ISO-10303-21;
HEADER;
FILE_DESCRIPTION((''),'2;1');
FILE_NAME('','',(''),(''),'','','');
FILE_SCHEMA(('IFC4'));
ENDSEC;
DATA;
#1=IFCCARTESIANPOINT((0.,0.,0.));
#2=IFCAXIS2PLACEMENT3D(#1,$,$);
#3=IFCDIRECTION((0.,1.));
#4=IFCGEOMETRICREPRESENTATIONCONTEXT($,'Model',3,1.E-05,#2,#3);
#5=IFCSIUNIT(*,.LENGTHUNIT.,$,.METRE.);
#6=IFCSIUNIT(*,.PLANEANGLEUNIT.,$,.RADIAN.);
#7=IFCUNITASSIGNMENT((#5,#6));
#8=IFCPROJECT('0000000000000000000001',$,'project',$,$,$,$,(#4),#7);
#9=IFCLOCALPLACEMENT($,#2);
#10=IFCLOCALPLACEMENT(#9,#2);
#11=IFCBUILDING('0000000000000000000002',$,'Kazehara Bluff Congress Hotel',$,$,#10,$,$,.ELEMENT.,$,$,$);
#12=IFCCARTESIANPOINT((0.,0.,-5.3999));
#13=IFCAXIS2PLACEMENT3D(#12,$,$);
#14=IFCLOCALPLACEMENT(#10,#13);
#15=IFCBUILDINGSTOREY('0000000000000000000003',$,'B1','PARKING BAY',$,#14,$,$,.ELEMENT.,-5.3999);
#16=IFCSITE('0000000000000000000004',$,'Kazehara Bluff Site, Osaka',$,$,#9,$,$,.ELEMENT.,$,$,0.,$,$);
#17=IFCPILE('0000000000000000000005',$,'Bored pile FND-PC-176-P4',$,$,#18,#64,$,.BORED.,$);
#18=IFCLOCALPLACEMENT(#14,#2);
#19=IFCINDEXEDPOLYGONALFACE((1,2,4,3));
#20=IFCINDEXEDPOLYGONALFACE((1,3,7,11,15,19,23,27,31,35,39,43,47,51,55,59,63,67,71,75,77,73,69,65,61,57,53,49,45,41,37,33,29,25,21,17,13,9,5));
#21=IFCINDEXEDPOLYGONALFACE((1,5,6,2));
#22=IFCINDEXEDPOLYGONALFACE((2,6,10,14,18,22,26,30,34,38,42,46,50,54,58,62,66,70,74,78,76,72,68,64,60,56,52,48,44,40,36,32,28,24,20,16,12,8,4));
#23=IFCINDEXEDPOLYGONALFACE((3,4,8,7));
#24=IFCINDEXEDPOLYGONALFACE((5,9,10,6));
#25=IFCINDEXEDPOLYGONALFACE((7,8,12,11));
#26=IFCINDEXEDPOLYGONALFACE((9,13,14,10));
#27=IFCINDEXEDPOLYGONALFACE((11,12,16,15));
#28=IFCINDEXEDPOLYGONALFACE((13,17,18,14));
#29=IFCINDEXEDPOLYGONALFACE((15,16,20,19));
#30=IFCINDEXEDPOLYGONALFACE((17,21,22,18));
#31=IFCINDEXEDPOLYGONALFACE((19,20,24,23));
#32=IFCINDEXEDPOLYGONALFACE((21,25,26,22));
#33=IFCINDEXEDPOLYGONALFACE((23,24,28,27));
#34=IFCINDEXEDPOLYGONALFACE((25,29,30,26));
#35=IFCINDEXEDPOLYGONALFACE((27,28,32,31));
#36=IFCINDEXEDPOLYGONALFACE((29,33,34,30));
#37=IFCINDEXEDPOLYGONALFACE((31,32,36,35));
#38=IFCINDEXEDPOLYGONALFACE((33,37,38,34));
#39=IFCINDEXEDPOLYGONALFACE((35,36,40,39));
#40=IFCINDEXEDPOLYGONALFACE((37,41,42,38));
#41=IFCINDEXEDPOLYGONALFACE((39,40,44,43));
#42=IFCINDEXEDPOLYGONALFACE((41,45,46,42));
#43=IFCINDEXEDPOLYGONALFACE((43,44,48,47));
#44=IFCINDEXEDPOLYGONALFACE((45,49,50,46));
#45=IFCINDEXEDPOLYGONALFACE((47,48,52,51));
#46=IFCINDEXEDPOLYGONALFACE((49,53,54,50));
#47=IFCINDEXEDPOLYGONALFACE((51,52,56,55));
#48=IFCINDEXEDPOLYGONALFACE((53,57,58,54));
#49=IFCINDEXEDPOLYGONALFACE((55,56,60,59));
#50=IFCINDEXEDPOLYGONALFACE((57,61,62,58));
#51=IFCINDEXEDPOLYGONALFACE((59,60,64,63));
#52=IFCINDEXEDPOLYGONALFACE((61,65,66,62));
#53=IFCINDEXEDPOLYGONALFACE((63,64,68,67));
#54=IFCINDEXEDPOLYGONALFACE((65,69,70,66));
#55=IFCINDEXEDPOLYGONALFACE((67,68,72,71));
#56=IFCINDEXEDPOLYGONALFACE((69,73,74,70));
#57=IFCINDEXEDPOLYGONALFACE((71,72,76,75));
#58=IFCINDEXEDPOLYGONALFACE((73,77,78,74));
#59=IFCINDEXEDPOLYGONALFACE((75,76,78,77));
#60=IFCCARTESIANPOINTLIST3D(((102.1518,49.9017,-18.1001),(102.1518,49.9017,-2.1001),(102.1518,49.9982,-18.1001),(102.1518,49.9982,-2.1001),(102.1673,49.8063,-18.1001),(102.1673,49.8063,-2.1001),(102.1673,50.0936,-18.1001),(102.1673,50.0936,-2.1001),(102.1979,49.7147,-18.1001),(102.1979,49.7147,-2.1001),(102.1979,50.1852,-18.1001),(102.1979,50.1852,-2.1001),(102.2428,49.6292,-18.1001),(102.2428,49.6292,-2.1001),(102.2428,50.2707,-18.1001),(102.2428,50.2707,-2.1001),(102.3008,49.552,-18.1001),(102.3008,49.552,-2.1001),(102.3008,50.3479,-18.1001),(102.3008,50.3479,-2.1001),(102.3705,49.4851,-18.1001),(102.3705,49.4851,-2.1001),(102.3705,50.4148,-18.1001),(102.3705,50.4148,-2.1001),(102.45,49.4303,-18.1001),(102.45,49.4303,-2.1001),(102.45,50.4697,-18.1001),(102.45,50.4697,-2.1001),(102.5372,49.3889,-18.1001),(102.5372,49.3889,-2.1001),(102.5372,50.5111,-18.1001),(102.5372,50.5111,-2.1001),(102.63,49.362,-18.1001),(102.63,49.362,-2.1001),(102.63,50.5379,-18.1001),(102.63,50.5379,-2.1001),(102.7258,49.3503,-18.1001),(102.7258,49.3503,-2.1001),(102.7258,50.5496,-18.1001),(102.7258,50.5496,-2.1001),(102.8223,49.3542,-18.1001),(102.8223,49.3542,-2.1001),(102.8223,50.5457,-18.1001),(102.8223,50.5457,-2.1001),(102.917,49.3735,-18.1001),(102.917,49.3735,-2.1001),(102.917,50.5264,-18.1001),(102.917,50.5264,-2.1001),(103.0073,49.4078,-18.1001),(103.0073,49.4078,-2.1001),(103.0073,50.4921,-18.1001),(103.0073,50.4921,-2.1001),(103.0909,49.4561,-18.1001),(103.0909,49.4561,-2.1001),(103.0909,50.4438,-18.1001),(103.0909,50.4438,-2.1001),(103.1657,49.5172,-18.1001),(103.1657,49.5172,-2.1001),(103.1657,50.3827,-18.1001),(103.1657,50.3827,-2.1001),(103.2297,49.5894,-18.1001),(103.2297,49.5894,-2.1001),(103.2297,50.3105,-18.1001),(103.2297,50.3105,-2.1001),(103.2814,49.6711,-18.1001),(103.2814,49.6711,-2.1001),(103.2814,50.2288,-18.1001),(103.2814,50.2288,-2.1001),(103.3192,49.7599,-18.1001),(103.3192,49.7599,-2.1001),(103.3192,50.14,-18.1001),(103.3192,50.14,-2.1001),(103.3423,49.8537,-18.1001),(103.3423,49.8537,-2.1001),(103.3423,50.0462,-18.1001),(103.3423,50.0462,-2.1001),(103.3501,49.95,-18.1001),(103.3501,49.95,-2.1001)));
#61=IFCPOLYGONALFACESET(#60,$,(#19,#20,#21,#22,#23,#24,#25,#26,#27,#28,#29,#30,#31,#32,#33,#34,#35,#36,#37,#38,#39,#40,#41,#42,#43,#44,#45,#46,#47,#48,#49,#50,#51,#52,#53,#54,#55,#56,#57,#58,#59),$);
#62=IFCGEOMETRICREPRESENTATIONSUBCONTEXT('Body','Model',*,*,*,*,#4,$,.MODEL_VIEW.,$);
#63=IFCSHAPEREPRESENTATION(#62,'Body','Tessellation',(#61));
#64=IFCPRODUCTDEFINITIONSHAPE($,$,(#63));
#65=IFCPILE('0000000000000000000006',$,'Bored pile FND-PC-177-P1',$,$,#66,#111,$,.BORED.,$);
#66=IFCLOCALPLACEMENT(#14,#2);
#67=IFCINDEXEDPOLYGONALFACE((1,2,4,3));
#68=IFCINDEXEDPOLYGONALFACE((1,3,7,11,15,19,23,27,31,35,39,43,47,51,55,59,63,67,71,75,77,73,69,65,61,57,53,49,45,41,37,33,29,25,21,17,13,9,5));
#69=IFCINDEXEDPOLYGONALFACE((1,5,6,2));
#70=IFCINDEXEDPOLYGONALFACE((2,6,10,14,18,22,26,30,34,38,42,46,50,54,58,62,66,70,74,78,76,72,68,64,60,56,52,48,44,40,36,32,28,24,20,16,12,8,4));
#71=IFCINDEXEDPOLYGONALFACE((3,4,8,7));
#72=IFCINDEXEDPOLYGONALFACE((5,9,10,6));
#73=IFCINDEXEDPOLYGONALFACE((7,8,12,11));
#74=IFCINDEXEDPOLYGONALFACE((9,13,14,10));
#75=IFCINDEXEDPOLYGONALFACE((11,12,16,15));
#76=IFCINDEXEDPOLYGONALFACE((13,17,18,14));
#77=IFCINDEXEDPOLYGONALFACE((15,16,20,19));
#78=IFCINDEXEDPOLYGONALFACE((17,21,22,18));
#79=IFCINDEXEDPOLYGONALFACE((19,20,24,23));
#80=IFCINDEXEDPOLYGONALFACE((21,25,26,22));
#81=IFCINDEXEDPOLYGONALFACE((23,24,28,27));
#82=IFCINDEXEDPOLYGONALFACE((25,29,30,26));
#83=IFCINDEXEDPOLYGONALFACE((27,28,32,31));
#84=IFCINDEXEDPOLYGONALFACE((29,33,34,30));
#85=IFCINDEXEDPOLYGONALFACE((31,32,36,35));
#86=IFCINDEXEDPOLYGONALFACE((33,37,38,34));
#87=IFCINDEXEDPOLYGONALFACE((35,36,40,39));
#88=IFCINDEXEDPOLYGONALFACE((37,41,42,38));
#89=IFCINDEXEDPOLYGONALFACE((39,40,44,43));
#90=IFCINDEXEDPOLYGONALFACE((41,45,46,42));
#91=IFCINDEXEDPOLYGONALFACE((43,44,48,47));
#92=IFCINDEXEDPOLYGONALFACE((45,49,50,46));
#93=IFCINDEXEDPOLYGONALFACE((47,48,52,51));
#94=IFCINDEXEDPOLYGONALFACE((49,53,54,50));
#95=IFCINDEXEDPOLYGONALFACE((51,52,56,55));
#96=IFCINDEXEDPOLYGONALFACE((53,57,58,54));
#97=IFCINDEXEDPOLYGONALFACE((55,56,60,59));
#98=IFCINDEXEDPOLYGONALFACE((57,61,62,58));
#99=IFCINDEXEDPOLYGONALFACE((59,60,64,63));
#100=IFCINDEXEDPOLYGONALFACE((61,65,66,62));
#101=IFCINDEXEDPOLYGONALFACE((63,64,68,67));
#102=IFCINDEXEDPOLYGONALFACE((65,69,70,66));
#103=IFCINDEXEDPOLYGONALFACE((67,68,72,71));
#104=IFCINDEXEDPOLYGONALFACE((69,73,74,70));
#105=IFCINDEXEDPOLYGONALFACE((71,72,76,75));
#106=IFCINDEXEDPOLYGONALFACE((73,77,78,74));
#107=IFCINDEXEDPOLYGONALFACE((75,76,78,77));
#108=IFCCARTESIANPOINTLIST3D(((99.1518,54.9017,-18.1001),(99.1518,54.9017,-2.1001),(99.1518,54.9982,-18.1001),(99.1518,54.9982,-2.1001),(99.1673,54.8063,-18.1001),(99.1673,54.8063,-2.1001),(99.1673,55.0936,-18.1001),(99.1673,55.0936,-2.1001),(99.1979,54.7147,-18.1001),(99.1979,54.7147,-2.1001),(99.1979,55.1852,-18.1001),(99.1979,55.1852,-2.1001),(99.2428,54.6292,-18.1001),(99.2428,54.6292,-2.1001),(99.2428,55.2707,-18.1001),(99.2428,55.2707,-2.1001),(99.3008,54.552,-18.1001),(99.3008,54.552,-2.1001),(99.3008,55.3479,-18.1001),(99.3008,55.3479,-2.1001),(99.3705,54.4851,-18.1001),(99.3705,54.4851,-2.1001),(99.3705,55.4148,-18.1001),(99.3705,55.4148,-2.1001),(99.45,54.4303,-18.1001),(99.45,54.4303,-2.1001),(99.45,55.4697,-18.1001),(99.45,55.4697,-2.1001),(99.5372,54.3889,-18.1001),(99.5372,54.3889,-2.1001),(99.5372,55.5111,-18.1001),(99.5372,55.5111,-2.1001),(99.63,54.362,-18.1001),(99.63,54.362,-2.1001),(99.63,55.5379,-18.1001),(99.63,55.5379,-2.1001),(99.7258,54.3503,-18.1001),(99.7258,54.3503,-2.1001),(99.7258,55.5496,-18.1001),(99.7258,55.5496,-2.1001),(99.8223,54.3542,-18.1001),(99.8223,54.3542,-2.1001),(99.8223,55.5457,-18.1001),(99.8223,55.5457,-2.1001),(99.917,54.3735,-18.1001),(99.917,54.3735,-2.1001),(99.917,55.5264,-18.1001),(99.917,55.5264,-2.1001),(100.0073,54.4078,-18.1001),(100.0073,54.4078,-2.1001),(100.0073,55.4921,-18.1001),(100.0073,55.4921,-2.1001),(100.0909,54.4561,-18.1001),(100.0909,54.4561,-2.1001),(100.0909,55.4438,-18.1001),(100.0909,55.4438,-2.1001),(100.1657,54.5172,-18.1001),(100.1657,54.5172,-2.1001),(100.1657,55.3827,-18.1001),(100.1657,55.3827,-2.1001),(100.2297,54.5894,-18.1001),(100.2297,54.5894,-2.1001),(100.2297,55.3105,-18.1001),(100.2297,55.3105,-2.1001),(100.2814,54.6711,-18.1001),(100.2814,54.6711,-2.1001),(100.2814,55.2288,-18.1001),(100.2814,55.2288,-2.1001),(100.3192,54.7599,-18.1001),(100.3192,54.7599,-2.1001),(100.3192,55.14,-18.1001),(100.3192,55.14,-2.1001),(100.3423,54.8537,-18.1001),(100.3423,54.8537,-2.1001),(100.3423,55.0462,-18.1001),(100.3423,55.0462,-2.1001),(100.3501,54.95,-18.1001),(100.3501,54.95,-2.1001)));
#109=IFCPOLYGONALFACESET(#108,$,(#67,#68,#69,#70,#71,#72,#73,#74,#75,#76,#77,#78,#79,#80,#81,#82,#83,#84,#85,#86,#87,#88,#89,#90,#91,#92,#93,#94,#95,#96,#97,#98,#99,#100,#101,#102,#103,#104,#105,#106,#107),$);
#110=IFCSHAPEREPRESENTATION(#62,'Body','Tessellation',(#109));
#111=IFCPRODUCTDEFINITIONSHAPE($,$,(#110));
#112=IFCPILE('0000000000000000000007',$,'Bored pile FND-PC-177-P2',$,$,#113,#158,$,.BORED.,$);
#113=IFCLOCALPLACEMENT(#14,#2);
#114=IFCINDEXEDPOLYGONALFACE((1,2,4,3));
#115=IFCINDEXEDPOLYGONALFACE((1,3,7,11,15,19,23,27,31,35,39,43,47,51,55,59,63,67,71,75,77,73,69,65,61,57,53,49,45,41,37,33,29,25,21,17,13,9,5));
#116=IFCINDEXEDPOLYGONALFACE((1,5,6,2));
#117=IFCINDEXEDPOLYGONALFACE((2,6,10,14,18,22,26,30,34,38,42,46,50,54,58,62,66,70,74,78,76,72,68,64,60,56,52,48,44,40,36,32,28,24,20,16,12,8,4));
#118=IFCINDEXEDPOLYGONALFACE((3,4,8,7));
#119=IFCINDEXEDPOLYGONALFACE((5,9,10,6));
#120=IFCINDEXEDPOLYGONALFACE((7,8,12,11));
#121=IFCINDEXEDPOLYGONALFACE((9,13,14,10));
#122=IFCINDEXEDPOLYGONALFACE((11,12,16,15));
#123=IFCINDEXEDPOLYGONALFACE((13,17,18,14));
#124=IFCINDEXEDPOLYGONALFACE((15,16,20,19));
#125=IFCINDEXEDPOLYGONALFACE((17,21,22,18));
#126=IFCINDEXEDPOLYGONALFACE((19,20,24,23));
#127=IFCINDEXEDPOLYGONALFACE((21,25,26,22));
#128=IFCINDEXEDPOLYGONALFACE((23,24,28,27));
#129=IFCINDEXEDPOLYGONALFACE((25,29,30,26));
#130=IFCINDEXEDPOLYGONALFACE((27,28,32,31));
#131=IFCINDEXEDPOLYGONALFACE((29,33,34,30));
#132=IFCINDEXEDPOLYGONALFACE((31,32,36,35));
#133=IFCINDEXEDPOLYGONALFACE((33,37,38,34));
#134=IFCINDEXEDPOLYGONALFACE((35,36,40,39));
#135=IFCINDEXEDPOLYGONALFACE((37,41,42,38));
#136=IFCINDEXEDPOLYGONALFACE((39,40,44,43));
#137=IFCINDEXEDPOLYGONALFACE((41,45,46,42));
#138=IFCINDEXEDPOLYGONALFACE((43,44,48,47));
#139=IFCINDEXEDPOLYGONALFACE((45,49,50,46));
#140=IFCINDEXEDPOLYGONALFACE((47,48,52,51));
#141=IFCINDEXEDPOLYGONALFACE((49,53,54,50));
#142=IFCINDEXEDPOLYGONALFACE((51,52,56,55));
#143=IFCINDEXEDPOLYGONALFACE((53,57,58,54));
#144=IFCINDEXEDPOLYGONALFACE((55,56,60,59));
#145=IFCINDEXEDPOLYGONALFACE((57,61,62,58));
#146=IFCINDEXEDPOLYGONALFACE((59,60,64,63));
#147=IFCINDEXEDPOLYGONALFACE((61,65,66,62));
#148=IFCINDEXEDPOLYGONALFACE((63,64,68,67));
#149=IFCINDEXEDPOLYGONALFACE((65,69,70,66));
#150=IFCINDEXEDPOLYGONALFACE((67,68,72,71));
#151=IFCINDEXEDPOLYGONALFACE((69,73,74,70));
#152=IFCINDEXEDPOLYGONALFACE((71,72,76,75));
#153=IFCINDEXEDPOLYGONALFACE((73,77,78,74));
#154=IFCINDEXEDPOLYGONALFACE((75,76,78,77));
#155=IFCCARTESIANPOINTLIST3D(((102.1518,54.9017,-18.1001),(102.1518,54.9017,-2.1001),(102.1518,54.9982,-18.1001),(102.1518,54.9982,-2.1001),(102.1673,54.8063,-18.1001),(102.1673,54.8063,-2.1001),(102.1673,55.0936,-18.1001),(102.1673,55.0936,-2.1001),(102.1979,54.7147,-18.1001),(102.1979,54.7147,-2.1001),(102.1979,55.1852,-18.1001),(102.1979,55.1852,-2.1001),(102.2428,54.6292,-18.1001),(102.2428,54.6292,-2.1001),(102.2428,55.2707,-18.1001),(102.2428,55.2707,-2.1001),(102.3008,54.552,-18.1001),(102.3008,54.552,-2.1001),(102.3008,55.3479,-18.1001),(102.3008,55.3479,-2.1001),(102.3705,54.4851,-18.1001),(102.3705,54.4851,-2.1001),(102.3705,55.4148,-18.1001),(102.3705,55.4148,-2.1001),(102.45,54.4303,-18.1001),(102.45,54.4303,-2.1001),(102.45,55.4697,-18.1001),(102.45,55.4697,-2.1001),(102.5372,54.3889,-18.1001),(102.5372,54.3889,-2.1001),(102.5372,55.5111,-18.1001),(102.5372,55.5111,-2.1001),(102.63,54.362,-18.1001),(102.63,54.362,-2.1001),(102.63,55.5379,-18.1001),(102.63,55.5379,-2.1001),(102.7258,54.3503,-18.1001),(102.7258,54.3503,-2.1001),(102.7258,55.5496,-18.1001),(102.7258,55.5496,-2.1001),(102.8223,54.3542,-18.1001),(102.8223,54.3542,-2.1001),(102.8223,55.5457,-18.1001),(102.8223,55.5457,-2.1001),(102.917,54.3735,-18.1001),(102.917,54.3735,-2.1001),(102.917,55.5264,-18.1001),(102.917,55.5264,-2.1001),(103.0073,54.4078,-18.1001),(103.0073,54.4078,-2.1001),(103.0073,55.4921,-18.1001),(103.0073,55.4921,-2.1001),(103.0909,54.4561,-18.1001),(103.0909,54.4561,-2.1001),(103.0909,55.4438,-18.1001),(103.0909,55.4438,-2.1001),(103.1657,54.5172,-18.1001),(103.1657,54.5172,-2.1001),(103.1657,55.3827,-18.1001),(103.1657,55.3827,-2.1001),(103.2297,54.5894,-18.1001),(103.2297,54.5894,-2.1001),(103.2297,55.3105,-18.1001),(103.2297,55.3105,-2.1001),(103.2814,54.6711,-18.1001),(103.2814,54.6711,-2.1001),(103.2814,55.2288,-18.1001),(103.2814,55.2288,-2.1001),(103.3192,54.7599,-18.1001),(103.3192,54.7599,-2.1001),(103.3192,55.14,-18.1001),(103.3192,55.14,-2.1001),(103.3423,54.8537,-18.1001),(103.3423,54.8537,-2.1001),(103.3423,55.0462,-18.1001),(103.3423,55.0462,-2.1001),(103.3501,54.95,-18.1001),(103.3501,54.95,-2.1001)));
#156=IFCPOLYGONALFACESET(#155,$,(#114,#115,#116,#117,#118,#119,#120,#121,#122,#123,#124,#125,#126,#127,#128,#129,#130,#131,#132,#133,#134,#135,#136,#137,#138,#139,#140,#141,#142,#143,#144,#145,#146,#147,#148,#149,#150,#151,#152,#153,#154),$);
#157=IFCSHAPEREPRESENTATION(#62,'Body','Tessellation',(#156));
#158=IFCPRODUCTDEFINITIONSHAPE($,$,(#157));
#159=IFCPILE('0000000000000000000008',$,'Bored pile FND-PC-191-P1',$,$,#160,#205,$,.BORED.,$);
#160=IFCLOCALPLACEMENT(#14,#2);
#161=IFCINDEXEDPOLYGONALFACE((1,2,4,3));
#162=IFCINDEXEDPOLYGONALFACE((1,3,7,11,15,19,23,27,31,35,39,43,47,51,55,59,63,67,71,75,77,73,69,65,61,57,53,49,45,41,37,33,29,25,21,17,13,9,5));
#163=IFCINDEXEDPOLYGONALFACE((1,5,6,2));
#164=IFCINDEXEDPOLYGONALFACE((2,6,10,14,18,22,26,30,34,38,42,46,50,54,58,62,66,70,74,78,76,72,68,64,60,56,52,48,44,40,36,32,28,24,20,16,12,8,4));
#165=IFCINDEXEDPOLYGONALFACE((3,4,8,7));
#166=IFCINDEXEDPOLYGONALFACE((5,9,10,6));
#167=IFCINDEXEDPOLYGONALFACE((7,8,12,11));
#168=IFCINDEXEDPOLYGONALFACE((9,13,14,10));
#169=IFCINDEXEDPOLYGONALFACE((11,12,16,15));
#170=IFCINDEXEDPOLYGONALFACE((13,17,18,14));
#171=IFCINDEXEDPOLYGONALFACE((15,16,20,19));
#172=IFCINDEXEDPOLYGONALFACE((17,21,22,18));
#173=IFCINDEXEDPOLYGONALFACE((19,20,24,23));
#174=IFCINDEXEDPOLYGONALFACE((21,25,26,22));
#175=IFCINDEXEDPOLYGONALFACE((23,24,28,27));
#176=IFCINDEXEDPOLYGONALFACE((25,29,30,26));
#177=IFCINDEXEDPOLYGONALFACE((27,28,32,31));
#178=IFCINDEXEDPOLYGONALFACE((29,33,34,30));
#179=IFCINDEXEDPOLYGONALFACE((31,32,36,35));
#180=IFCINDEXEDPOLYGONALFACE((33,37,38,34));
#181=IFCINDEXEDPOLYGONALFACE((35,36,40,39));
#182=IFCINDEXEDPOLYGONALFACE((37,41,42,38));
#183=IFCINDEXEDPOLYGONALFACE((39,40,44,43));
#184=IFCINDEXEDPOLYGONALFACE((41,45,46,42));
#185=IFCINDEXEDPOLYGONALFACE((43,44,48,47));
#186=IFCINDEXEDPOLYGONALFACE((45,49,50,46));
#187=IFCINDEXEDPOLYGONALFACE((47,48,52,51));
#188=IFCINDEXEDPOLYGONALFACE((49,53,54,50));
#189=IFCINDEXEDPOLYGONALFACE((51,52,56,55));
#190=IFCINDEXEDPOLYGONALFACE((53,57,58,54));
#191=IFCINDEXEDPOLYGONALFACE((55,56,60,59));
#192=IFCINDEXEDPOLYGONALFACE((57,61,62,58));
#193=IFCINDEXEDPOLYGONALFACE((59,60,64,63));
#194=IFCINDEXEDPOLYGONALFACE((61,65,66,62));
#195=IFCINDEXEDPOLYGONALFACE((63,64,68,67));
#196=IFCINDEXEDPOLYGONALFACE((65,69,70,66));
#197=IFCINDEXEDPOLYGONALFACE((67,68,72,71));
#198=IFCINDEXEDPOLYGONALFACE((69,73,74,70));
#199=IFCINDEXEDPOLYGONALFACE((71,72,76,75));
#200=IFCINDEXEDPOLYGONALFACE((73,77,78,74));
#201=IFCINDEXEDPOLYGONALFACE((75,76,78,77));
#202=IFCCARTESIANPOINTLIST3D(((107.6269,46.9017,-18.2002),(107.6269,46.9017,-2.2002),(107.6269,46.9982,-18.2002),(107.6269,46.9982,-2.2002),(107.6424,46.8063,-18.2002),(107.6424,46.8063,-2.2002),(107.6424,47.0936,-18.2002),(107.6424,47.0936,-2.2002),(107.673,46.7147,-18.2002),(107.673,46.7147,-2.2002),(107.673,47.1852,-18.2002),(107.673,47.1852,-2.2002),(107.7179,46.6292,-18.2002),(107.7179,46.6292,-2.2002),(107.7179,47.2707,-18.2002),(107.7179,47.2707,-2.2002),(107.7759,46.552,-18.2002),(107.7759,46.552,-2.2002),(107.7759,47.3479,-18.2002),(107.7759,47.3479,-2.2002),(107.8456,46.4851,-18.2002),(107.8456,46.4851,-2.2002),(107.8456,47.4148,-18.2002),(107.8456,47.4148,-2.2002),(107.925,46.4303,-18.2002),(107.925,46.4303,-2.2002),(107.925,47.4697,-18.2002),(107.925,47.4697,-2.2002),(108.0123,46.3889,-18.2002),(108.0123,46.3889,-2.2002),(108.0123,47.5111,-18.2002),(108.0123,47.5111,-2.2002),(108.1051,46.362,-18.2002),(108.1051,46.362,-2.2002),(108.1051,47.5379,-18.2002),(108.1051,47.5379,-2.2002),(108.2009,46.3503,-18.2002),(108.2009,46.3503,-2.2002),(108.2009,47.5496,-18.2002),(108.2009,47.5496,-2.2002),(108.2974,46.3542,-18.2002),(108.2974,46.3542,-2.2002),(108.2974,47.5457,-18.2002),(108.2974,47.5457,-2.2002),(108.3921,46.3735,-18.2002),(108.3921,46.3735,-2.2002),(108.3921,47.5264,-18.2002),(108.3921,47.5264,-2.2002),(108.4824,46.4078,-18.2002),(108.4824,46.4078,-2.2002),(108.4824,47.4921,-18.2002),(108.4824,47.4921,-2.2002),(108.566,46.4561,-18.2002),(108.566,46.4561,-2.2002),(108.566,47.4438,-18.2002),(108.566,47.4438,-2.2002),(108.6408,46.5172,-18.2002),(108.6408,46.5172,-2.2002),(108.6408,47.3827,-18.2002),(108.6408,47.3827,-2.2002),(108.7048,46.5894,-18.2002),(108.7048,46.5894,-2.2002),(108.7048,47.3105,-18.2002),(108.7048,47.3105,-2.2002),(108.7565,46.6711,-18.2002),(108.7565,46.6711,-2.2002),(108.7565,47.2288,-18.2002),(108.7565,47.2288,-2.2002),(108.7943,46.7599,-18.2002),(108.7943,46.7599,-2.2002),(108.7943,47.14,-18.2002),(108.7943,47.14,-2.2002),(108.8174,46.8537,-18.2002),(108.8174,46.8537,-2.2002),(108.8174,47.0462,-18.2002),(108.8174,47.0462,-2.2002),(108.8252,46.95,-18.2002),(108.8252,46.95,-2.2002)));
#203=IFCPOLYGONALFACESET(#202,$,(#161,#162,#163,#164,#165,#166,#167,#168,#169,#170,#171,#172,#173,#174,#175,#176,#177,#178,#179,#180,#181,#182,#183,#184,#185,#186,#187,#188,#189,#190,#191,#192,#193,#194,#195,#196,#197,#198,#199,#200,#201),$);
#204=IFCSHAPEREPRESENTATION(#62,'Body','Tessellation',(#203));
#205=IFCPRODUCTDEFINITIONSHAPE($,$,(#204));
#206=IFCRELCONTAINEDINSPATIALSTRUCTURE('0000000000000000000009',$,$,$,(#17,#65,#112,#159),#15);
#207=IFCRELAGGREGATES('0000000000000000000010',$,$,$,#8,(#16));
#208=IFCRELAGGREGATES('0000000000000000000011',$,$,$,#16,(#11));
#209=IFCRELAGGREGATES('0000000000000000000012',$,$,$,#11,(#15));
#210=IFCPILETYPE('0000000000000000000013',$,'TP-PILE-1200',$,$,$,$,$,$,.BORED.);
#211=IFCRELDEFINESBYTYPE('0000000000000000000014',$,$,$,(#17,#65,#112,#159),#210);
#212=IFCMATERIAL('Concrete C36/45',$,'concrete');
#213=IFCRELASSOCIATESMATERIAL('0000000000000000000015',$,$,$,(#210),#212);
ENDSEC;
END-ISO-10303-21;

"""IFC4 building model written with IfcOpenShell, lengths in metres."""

from ifc_helpers import new_model, si_unit, direction, frame, origin, origin_2d, place, context, subcontext, project, spatial, circle, extrude, material, material_profile, profile_set, type_object, element, save


model = new_model("IFC4")

# Units and contexts
model_context = context("Model", 3, precision=1e-05, world=origin(), true_north=direction((0.0, 1.0)))
body_context = subcontext(model_context, "Body", "Model", "MODEL_VIEW")
ifc_project = project(units=[si_unit("LENGTHUNIT", "METRE"), si_unit("PLANEANGLEUNIT", "RADIAN")], contexts=[model_context])

# Site, building, storey
site_placement = place(None, origin())
site = spatial("IfcSite", under=ifc_project, at=site_placement, Name="Kazehara Bluff Site, Osaka", CompositionType="ELEMENT", RefElevation=0.0)
building_placement = place(site_placement, origin())
building = spatial("IfcBuilding", under=site, at=building_placement, Name="Kazehara Bluff Congress Hotel", CompositionType="ELEMENT")
storey_placement = place(building_placement, frame((0.0, 0.0, -5.3999)))
storey = spatial("IfcBuildingStorey", under=building, at=storey_placement, Name="B1", Description="PARKING BAY", CompositionType="ELEMENT", Elevation=-5.3999)

# Piles
ifc_material_1 = material(Name="Concrete C36/45", Category="concrete")
ifc_material_profile_1 = material_profile(ifc_material_1, circle(Radius=0.6001, at=origin_2d()))
ifc_profile_set_1 = profile_set([ifc_material_profile_1], Name="Concrete C36/45")
pile_type = type_object("IfcPileType", Name="TP-PILE-1200", PredefinedType="BORED", material=ifc_profile_set_1)
for number, where, z_axis, x_axis, name in (
    (1, (102.75, 49.95, -2.1001), (0.0, 0.0, -1.0), (1.0, 0.0, 0.0), "Bored pile FND-PC-176-P4"),
    (2, (99.75, 54.95, -2.1001), (0.0, 0.0, -1.0), (1.0, 0.0, 0.0), "Bored pile FND-PC-177-P1"),
    (3, (102.75, 54.95, -2.1001), (0.0, 0.0, -1.0), (1.0, 0.0, 0.0), "Bored pile FND-PC-177-P2"),
    (4, (108.2251, 46.95, -2.2002), (0.0, 0.0, -1.0), (1.0, 0.0, 0.0), "Bored pile FND-PC-191-P1"),
):
    element("IfcPile", number, at=place(storey_placement, frame(where, z_axis=z_axis, x_axis=x_axis)), inside=storey, type_object=pile_type, Name=name, PredefinedType="BORED", context=body_context, shape_type="SweptSolid", body=[
        extrude(circle(Radius=0.6001, at=origin_2d()), origin(), (0.0, 0.0, 1.0), 16.0),
    ])

save(model, "model.ifc")
